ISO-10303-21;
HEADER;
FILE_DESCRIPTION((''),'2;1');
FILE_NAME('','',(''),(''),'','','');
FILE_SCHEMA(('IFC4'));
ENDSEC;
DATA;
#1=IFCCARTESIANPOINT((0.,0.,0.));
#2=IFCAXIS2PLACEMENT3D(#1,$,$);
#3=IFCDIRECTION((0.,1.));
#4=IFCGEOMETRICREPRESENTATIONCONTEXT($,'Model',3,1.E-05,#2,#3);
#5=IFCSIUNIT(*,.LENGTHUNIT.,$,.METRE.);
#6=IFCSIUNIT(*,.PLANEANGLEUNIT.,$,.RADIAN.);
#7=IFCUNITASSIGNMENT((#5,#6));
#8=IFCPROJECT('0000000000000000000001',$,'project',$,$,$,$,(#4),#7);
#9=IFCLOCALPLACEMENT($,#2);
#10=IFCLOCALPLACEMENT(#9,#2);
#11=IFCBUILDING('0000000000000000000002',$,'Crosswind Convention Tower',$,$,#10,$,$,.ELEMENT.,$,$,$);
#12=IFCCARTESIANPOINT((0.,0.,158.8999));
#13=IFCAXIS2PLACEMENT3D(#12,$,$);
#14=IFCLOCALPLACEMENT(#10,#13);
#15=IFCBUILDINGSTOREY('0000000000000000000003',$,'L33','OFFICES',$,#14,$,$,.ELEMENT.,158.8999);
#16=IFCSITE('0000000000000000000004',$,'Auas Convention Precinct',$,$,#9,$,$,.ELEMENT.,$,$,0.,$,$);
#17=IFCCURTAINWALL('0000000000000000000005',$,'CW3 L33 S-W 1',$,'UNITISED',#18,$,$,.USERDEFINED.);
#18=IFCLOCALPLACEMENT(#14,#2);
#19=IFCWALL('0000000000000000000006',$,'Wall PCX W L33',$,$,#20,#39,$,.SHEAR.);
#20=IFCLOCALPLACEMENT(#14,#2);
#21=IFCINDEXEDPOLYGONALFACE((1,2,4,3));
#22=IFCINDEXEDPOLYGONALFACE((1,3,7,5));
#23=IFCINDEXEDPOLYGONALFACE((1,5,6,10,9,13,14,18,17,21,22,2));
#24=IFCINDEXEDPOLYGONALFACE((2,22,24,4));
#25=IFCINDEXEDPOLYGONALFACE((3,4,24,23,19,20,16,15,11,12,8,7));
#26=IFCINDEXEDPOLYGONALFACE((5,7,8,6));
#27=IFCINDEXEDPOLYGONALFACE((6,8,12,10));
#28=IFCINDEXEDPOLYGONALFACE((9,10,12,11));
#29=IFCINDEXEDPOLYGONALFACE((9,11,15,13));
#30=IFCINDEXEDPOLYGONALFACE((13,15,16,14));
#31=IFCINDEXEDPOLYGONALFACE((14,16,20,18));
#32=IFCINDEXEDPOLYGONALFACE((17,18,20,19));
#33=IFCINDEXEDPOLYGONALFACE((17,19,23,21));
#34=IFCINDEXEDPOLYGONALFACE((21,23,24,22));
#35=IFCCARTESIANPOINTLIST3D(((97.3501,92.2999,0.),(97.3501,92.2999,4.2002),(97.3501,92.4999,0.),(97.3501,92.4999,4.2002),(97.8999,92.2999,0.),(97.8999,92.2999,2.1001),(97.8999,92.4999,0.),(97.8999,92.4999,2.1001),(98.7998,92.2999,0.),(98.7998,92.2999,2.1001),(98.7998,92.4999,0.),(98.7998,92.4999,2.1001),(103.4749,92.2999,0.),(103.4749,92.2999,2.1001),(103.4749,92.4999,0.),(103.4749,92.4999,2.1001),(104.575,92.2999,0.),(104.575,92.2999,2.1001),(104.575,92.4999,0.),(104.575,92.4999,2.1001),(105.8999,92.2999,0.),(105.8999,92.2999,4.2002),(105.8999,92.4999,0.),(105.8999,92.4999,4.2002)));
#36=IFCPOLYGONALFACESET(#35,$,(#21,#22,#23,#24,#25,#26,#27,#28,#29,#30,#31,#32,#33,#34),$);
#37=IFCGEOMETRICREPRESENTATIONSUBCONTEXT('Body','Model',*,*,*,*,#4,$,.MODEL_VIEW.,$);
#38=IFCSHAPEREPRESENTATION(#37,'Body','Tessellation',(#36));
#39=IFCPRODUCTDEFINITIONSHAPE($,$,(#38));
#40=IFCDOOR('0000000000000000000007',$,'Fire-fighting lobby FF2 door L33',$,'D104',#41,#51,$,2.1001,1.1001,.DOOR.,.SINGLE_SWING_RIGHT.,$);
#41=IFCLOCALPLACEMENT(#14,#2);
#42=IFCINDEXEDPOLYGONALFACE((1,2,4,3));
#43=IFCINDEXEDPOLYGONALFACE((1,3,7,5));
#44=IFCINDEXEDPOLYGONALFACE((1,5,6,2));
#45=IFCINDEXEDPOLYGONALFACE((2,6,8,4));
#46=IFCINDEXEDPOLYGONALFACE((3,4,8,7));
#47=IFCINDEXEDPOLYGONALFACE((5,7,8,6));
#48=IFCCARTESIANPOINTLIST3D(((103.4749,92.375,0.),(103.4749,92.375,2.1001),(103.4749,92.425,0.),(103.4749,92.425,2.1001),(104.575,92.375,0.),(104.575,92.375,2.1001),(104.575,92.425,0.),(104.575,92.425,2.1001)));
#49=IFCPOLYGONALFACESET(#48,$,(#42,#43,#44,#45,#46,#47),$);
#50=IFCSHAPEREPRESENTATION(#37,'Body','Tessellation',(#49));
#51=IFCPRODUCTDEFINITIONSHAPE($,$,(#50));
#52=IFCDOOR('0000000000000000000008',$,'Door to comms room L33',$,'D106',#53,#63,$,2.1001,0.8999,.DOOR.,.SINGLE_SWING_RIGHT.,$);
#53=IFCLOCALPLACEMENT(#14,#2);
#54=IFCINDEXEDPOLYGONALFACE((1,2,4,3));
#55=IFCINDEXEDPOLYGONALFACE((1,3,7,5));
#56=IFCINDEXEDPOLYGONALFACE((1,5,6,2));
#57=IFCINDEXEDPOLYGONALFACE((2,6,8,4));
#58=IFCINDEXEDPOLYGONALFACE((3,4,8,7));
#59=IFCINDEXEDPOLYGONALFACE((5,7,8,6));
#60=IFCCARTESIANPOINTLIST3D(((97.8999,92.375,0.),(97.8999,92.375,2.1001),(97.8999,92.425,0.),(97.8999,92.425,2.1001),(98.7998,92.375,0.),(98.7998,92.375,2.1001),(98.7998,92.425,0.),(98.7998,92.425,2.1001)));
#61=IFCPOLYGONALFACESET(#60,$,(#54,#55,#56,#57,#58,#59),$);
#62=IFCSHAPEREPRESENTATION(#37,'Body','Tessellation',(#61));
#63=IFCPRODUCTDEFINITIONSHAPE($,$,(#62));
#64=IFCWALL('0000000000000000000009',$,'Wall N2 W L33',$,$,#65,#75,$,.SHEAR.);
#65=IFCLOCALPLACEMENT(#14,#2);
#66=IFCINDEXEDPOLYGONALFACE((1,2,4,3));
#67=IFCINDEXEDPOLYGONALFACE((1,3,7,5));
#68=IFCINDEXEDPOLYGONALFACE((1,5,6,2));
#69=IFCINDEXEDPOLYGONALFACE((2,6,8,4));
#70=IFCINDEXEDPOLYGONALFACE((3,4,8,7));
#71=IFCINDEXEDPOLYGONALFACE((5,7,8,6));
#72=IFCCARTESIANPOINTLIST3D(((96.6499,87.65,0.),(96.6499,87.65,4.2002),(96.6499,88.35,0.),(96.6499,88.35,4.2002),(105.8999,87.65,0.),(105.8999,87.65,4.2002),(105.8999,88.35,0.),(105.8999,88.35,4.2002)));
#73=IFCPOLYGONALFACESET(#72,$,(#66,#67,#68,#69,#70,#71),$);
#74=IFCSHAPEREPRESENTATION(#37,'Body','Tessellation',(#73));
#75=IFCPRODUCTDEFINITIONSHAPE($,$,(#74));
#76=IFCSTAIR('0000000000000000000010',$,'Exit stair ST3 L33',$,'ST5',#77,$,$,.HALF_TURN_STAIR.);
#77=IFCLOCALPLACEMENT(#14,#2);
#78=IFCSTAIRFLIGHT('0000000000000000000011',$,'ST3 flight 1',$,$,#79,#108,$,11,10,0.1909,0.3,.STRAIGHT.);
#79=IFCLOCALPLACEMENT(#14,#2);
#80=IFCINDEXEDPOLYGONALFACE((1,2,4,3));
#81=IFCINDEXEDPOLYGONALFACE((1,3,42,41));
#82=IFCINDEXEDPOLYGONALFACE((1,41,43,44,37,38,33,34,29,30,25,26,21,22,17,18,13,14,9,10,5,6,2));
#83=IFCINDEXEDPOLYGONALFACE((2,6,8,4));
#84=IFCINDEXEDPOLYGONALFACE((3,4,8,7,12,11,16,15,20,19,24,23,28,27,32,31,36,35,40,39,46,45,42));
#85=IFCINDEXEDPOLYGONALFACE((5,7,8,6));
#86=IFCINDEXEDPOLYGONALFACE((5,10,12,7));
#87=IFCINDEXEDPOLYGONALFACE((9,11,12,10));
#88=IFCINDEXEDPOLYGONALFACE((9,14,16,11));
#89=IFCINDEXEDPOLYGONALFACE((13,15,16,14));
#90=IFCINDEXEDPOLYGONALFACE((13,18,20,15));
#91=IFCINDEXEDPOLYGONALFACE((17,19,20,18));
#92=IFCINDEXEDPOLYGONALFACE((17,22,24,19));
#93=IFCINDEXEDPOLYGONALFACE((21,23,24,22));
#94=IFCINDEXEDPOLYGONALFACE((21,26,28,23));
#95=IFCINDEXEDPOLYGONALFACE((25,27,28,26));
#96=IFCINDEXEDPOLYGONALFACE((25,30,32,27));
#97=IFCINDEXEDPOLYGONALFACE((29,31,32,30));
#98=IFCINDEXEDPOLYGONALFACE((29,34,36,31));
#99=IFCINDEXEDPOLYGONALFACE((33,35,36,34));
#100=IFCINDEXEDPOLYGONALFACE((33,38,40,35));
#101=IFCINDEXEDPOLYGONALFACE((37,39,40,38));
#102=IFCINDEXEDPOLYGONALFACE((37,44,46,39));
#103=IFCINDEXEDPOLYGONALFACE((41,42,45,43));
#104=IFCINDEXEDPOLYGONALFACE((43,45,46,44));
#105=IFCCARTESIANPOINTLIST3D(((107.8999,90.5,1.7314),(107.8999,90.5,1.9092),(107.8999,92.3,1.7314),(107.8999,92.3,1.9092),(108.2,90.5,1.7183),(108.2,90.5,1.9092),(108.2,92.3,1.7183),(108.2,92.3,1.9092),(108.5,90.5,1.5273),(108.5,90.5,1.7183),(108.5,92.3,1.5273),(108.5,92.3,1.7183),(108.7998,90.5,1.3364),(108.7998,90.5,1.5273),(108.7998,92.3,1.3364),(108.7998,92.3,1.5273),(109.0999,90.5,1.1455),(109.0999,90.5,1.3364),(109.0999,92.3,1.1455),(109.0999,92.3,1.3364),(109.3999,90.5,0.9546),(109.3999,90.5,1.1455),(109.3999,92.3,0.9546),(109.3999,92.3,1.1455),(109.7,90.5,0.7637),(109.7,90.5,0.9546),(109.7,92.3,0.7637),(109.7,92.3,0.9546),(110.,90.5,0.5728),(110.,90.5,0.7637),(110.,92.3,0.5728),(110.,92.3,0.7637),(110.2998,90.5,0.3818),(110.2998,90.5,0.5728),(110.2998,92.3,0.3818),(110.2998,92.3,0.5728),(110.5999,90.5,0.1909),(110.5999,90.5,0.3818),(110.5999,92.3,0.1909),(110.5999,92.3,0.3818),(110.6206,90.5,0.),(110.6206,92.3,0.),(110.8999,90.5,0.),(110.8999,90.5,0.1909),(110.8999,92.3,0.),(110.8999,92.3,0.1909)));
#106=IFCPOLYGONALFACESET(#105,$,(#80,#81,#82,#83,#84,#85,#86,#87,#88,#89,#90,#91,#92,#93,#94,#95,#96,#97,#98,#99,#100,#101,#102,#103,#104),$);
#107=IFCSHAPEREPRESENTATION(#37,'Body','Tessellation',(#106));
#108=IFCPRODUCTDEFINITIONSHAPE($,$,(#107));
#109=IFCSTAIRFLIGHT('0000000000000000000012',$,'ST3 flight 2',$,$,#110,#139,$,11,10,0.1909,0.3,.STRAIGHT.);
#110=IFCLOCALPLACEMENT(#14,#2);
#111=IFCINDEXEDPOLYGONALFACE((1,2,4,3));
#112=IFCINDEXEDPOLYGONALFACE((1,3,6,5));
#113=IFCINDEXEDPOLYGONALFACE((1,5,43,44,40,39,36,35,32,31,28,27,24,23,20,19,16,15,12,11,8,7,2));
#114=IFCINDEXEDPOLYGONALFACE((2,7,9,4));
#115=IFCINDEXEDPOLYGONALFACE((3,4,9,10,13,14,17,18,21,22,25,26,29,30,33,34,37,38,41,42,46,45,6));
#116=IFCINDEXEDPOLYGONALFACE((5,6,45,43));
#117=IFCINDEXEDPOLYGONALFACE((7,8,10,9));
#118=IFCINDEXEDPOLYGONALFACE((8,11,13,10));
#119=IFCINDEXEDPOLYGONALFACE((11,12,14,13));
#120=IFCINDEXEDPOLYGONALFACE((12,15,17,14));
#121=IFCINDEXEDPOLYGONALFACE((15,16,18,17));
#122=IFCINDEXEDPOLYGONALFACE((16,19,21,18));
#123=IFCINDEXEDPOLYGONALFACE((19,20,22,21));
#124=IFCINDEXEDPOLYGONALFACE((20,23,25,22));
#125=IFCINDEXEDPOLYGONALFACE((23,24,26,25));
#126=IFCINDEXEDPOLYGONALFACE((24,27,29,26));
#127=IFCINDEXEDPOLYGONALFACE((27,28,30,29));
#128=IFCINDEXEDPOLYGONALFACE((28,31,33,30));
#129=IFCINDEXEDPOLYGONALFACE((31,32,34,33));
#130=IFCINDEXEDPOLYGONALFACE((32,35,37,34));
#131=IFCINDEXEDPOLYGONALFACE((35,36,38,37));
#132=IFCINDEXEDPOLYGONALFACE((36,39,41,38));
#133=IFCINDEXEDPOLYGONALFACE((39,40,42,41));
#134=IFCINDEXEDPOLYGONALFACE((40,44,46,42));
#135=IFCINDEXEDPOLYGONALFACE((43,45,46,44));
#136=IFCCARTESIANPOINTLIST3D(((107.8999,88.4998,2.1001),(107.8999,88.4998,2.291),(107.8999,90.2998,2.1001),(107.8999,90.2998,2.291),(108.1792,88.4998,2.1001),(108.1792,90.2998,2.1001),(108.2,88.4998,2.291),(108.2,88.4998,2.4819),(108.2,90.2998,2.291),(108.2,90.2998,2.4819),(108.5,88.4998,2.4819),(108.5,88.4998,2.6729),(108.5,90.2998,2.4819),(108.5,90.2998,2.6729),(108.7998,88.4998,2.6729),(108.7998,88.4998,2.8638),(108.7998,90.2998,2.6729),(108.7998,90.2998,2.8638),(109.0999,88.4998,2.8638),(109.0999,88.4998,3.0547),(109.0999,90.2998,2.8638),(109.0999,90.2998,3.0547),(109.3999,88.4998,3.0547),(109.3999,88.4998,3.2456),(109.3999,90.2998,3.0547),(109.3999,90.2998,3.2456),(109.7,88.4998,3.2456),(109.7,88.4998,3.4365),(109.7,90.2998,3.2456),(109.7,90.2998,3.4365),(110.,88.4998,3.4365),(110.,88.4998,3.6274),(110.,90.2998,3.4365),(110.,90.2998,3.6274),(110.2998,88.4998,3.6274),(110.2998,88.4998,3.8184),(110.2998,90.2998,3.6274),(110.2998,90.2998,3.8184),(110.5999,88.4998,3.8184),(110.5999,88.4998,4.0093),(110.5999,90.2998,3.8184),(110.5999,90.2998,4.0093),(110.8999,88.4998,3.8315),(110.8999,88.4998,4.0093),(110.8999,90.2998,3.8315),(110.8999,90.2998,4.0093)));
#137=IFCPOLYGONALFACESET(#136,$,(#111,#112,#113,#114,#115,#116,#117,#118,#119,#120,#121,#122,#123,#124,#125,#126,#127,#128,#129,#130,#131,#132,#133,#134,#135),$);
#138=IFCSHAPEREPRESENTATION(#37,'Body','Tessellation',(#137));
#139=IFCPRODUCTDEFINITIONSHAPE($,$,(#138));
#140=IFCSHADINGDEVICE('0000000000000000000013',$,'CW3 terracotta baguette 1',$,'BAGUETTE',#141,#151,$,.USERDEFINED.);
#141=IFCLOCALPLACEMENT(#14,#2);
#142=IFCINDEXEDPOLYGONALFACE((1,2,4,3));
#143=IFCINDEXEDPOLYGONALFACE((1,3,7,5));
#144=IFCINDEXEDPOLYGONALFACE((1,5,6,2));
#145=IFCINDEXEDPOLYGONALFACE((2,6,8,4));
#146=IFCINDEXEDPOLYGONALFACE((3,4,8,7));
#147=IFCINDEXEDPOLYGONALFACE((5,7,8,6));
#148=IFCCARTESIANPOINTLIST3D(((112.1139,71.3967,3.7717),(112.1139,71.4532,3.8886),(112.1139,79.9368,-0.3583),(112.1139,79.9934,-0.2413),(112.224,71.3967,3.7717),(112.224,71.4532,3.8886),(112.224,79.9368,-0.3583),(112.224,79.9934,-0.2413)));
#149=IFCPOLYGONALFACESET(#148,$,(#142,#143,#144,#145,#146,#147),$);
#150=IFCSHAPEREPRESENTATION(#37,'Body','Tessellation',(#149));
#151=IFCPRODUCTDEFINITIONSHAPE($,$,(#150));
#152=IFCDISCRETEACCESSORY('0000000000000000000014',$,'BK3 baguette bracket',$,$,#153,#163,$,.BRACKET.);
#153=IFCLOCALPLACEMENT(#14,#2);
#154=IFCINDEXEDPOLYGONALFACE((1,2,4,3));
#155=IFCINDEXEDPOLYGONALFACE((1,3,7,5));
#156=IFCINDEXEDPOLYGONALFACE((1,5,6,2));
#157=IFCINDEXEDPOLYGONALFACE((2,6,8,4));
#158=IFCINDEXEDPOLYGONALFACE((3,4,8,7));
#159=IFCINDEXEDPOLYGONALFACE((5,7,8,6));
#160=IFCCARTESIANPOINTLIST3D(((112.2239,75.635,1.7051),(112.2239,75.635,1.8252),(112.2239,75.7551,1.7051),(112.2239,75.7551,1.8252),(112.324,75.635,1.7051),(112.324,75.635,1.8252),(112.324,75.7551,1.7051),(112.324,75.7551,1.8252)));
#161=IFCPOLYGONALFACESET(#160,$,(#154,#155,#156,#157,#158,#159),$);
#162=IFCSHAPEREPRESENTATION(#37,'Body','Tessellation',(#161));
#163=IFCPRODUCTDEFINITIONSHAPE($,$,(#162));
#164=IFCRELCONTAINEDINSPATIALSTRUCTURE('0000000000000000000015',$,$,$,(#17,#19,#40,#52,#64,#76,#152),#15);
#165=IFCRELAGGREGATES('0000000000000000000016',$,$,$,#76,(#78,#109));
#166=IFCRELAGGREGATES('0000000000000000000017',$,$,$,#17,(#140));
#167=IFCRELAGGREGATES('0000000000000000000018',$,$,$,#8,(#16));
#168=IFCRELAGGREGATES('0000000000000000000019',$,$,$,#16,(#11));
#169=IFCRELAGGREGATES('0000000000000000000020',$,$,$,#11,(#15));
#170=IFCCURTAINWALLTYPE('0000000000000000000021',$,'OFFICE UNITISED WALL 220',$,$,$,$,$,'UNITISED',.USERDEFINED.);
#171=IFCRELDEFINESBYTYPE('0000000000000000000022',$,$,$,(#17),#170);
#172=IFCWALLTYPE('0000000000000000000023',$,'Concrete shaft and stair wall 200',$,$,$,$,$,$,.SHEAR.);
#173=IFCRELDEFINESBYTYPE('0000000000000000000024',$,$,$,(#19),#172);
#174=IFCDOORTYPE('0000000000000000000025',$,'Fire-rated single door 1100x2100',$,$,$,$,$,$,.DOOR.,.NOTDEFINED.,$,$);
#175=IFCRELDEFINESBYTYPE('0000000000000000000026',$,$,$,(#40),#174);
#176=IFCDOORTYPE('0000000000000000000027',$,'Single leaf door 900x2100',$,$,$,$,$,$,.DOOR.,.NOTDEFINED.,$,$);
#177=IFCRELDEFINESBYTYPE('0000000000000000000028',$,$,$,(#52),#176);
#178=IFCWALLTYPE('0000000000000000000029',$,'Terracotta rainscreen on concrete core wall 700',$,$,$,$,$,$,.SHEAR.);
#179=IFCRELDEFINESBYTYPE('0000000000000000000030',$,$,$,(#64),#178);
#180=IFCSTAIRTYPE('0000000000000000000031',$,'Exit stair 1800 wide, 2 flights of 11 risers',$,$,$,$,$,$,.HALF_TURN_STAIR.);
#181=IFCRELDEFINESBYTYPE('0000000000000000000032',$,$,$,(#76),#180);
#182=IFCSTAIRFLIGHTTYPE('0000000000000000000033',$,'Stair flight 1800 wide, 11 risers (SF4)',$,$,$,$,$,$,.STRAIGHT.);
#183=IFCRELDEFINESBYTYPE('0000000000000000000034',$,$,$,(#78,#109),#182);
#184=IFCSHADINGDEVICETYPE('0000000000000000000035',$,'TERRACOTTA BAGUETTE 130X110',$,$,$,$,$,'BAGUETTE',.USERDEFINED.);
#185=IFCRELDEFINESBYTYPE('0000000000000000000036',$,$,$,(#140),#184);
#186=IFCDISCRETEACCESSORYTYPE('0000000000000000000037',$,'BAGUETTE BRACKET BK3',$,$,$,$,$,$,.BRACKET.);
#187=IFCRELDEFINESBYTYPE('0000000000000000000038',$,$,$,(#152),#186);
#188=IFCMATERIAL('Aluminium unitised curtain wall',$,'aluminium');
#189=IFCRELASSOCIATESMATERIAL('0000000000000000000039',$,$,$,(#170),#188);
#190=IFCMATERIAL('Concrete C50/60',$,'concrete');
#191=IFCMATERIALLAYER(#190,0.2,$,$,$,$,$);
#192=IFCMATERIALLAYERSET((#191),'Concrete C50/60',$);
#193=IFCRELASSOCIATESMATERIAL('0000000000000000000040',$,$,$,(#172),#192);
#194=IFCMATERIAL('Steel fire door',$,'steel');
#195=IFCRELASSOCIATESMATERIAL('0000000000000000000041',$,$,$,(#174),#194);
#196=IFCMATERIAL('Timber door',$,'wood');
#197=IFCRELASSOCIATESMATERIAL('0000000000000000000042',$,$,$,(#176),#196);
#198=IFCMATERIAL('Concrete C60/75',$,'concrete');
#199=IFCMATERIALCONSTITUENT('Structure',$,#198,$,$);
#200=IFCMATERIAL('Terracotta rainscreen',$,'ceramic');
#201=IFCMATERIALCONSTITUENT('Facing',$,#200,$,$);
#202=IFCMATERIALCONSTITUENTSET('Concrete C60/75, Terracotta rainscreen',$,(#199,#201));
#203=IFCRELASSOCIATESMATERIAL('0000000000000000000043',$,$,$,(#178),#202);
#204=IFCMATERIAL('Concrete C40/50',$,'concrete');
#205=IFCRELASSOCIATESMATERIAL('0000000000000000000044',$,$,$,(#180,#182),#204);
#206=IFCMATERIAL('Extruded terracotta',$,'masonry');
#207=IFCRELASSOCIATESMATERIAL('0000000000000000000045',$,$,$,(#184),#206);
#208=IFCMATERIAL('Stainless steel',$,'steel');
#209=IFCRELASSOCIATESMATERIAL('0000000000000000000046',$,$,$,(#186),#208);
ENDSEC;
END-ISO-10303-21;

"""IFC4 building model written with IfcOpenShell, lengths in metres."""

from ifc_helpers import new_model, si_unit, direction, frame, frame_2d, origin, origin_2d, place, context, subcontext, project, spatial, polyline, rectangle, outline, extrude, material, layer, layer_set, constituent, constituent_set, material_profile, profile_set, type_object, element, fill, aggregate, save


model = new_model("IFC4")

# Units and contexts
model_context = context("Model", 3, precision=1e-05, world=origin(), true_north=direction((0.0, 1.0)))
body_context = subcontext(model_context, "Body", "Model", "MODEL_VIEW")
ifc_project = project(units=[si_unit("LENGTHUNIT", "METRE"), si_unit("PLANEANGLEUNIT", "RADIAN")], contexts=[model_context])

# Site, building, storey
site_placement = place(None, origin())
site = spatial("IfcSite", under=ifc_project, at=site_placement, Name="Auas Convention Precinct", CompositionType="ELEMENT", RefElevation=0.0)
building_placement = place(site_placement, origin())
building = spatial("IfcBuilding", under=site, at=building_placement, Name="Crosswind Convention Tower", CompositionType="ELEMENT")
storey_placement = place(building_placement, frame((0.0, 0.0, 158.8999)))
storey = spatial("IfcBuildingStorey", under=building, at=storey_placement, Name="L33", Description="OFFICES", CompositionType="ELEMENT", Elevation=158.8999)

# Shared definitions
ifc_material_1 = material(Name="Concrete C60/75", Category="concrete")

# Shared definitions
ifc_material_2 = material(Name="Aluminium unitised curtain wall", Category="aluminium")

# Curtain wall
curtain_wall_type_1 = type_object("IfcCurtainWallType", Name="OFFICE UNITISED WALL 220", ElementType="UNITISED", PredefinedType="USERDEFINED", material=ifc_material_2)
curtain_wall_1_placement = place(storey_placement, origin())
curtain_wall_1 = element("IfcCurtainWall", 1, at=curtain_wall_1_placement, inside=storey, type_object=curtain_wall_type_1, Name="CW3 L33 S-W 1", ObjectType="UNITISED", PredefinedType="USERDEFINED")

# Shared definitions
ifc_material_3 = material(Name="Concrete C50/60", Category="concrete")
ifc_layer_1 = layer(ifc_material_3, 0.2)
ifc_layer_set_1 = layer_set([ifc_layer_1], Name="Concrete C50/60")
wall_type_1 = type_object("IfcWallType", Name="Concrete shaft and stair wall 200", PredefinedType="SHEAR", material=ifc_layer_set_1)

# Shared definitions
ifc_material_4 = material(Name="Stainless steel", Category="steel")

# Wall, openings, doors
wall_1_placement = place(storey_placement, frame((105.8999, 92.3999, 0.0), z_axis=(0.0, 0.0, 1.0), x_axis=(-1.0, 0.0, 0.0)))
wall_1 = element("IfcWall", 2, at=wall_1_placement, inside=storey, type_object=wall_type_1, Name="Wall PCX W L33", PredefinedType="SHEAR", context=body_context, shape_type="SweptSolid", body=[
    extrude(rectangle(XDim=8.5498, YDim=0.2, at=frame_2d((4.2749, 0.0))), origin(), (0.0, 0.0, 1.0), 4.2002),
])
opening_1_placement = place(wall_1_placement, frame((1.325, 0.0, 0.0)))
opening_1 = element("IfcOpeningElement", 3, at=opening_1_placement, cuts=wall_1, PredefinedType="OPENING", context=body_context, shape_type="SweptSolid", body=[
    extrude(rectangle(XDim=1.1001, YDim=2.1001, at=frame_2d((0.55, 1.05))), frame((0.0, 0.1099, 0.0), z_axis=(0.0, -1.0, 0.0), x_axis=(1.0, 0.0, 0.0)), (0.0, 0.0, 1.0), 0.22),
])
opening_2_placement = place(wall_1_placement, frame((7.1001, 0.0, 0.0)))
opening_2 = element("IfcOpeningElement", 4, at=opening_2_placement, cuts=wall_1, PredefinedType="OPENING", context=body_context, shape_type="SweptSolid", body=[
    extrude(rectangle(XDim=0.8999, YDim=2.1001, at=frame_2d((0.45, 1.05))), frame((0.0, 0.1099, 0.0), z_axis=(0.0, -1.0, 0.0), x_axis=(1.0, 0.0, 0.0)), (0.0, 0.0, 1.0), 0.22),
])
ifc_material_5 = material(Name="Steel fire door", Category="steel")
door_type_1 = type_object("IfcDoorType", Name="Fire-rated single door 1100x2100", OperationType="NOTDEFINED", PredefinedType="DOOR", material=ifc_material_5)
door_1_placement = place(opening_1_placement, origin())
door_1 = element("IfcDoor", 5, at=door_1_placement, inside=storey, type_object=door_type_1, Name="Fire-fighting lobby FF2 door L33", ObjectType="D104", OperationType="SINGLE_SWING_RIGHT", OverallHeight=2.1001, OverallWidth=1.1001, PredefinedType="DOOR", context=body_context, shape_type="SweptSolid", body=[
    extrude(rectangle(XDim=1.1001, YDim=2.1001, at=frame_2d((0.55, 1.05))), frame((0.0, 0.0249, 0.0), z_axis=(0.0, -1.0, 0.0), x_axis=(1.0, 0.0, 0.0)), (0.0, 0.0, 1.0), 0.05),
])
fill(opening_1, door_1)
ifc_material_6 = material(Name="Timber door", Category="wood")
door_type_2 = type_object("IfcDoorType", Name="Single leaf door 900x2100", OperationType="NOTDEFINED", PredefinedType="DOOR", material=ifc_material_6)
door_2_placement = place(opening_2_placement, origin())
door_2 = element("IfcDoor", 6, at=door_2_placement, inside=storey, type_object=door_type_2, Name="Door to comms room L33", ObjectType="D106", OperationType="SINGLE_SWING_RIGHT", OverallHeight=2.1001, OverallWidth=0.8999, PredefinedType="DOOR", context=body_context, shape_type="SweptSolid", body=[
    extrude(rectangle(XDim=0.8999, YDim=2.1001, at=frame_2d((0.45, 1.05))), frame((0.0, 0.0249, 0.0), z_axis=(0.0, -1.0, 0.0), x_axis=(1.0, 0.0, 0.0)), (0.0, 0.0, 1.0), 0.05),
])
fill(opening_2, door_2)

# Wall
ifc_constituent_1 = constituent(ifc_material_1, Name="Structure")
ifc_material_7 = material(Name="Terracotta rainscreen", Category="ceramic")
ifc_constituent_2 = constituent(ifc_material_7, Name="Facing")
ifc_constituent_set = constituent_set(constituents=[ifc_constituent_1, ifc_constituent_2], Name="Concrete C60/75, Terracotta rainscreen")
wall_type_2 = type_object("IfcWallType", Name="Terracotta rainscreen on concrete core wall 700", PredefinedType="SHEAR", material=ifc_constituent_set)
wall_2_placement = place(storey_placement, frame((105.8999, 88.0, 0.0), z_axis=(0.0, 0.0, 1.0), x_axis=(-1.0, 0.0, 0.0)))
element("IfcWall", 7, at=wall_2_placement, inside=storey, type_object=wall_type_2, Name="Wall N2 W L33", PredefinedType="SHEAR", context=body_context, shape_type="SweptSolid", body=[
    extrude(rectangle(XDim=9.25, YDim=0.7, at=frame_2d((4.625, 0.0))), origin(), (0.0, 0.0, 1.0), 4.2002),
])

# Stair, stair flights
ifc_material_8 = material(Name="Concrete C40/50", Category="concrete")
stair_type = type_object("IfcStairType", Name="Exit stair 1800 wide, 2 flights of 11 risers", PredefinedType="HALF_TURN_STAIR", material=ifc_material_8)
stair_placement = place(storey_placement, origin())
stair = element("IfcStair", 8, at=stair_placement, inside=storey, type_object=stair_type, Name="Exit stair ST3 L33", ObjectType="ST5", PredefinedType="HALF_TURN_STAIR")
stair_flight_type = type_object("IfcStairFlightType", Name="Stair flight 1800 wide, 11 risers (SF4)", PredefinedType="STRAIGHT", material=ifc_material_8)
stair_flight_1_placement = place(storey_placement, frame((110.8999, 91.3999, 0.0), z_axis=(0.0, 0.0, 1.0), x_axis=(-1.0, 0.0, 0.0)))
stair_flight_1 = element("IfcStairFlight", 9, at=stair_flight_1_placement, type_object=stair_flight_type, Name="ST3 flight 1", NumberOfRisers=11, NumberOfTreads=10, PredefinedType="STRAIGHT", RiserHeight=0.1909, TreadLength=0.3, context=body_context, shape_type="SweptSolid", body=[
    extrude(outline(polyline([(0.0, 0.0), (0.0, 0.1909), (0.3, 0.1909), (0.3, 0.3818), (0.6001, 0.3818), (0.6001, 0.5728), (0.8999, 0.5728), (0.8999, 0.7637), (1.2, 0.7637), (1.2, 0.9546), (1.5, 0.9546), (1.5, 1.1455), (1.8, 1.1455), (1.8, 1.3364), (2.1001, 1.3364), (2.1001, 1.5273), (2.3999, 1.5273), (2.3999, 1.7183), (2.7, 1.7183), (2.7, 1.9092), (3.0, 1.9092), (3.0, 2.1001), (3.0, 1.7314), (0.2793, 0.0), (0.0, 0.0)])), frame((0.0, 0.8999, 0.0), z_axis=(0.0, -1.0, 0.0), x_axis=(1.0, 0.0, 0.0)), (0.0, 0.0, 1.0), 1.8),
])
stair_flight_2_placement = place(storey_placement, frame((107.8999, 89.3999, 2.1001), z_axis=(0.0, 0.0, 1.0), x_axis=(1.0, 0.0, 0.0)))
stair_flight_2 = element("IfcStairFlight", 10, at=stair_flight_2_placement, type_object=stair_flight_type, Name="ST3 flight 2", NumberOfRisers=11, NumberOfTreads=10, PredefinedType="STRAIGHT", RiserHeight=0.1909, TreadLength=0.3, context=body_context, shape_type="SweptSolid", body=[
    extrude(outline(polyline([(0.0, 0.0), (0.0, 0.1909), (0.3, 0.1909), (0.3, 0.3818), (0.6001, 0.3818), (0.6001, 0.5728), (0.8999, 0.5728), (0.8999, 0.7637), (1.2, 0.7637), (1.2, 0.9546), (1.5, 0.9546), (1.5, 1.1455), (1.8, 1.1455), (1.8, 1.3364), (2.1001, 1.3364), (2.1001, 1.5273), (2.3999, 1.5273), (2.3999, 1.7183), (2.7, 1.7183), (2.7, 1.9092), (3.0, 1.9092), (3.0, 2.1001), (3.0, 1.7314), (0.2793, 0.0), (0.0, 0.0)])), frame((0.0, 0.8999, 0.0), z_axis=(0.0, -1.0, 0.0), x_axis=(1.0, 0.0, 0.0)), (0.0, 0.0, 1.0), 1.8),
])
aggregate(stair, [stair_flight_1, stair_flight_2])

# Shading device
ifc_material_9 = material(Name="Extruded terracotta", Category="masonry")
ifc_material_profile_1 = material_profile(ifc_material_9, rectangle(XDim=0.1101, YDim=0.1299, at=origin_2d()), Name="TC 110X130")
ifc_profile_set_1 = profile_set([ifc_material_profile_1], Name="Extruded terracotta")
shading_device_type = type_object("IfcShadingDeviceType", Name="TERRACOTTA BAGUETTE 130X110", ElementType="BAGUETTE", PredefinedType="USERDEFINED", material=ifc_profile_set_1)
shading_device_placement = place(storey_placement, frame((112.1689, 79.9651, -0.2998), z_axis=(0.0, -0.900258, 0.435356), x_axis=(1.0, 0.0, 0.0)))
shading_device = element("IfcShadingDevice", 11, at=shading_device_placement, type_object=shading_device_type, Name="CW3 terracotta baguette 1", ObjectType="BAGUETTE", PredefinedType="USERDEFINED", context=body_context, shape_type="SweptSolid", body=[
    extrude(rectangle(XDim=0.1101, YDim=0.1299, at=origin_2d()), origin(), (0.0, 0.0, 1.0), 9.4863),
])
aggregate(curtain_wall_1, [shading_device])

# Discrete accessory
discrete_accessory_type = type_object("IfcDiscreteAccessoryType", Name="BAGUETTE BRACKET BK3", PredefinedType="BRACKET", material=ifc_material_4)
discrete_accessory_placement = place(storey_placement, frame((112.2739, 75.6951, 1.7051), z_axis=(0.0, 0.0, 1.0), x_axis=(0.0, -1.0, 0.0)))
element("IfcDiscreteAccessory", 12, at=discrete_accessory_placement, inside=storey, type_object=discrete_accessory_type, Name="BK3 baguette bracket", PredefinedType="BRACKET", context=body_context, shape_type="SweptSolid", body=[
    extrude(rectangle(XDim=0.1201, YDim=0.1001, at=origin_2d()), origin(), (0.0, 0.0, 1.0), 0.1201),
])

save(model, "model.ifc")
